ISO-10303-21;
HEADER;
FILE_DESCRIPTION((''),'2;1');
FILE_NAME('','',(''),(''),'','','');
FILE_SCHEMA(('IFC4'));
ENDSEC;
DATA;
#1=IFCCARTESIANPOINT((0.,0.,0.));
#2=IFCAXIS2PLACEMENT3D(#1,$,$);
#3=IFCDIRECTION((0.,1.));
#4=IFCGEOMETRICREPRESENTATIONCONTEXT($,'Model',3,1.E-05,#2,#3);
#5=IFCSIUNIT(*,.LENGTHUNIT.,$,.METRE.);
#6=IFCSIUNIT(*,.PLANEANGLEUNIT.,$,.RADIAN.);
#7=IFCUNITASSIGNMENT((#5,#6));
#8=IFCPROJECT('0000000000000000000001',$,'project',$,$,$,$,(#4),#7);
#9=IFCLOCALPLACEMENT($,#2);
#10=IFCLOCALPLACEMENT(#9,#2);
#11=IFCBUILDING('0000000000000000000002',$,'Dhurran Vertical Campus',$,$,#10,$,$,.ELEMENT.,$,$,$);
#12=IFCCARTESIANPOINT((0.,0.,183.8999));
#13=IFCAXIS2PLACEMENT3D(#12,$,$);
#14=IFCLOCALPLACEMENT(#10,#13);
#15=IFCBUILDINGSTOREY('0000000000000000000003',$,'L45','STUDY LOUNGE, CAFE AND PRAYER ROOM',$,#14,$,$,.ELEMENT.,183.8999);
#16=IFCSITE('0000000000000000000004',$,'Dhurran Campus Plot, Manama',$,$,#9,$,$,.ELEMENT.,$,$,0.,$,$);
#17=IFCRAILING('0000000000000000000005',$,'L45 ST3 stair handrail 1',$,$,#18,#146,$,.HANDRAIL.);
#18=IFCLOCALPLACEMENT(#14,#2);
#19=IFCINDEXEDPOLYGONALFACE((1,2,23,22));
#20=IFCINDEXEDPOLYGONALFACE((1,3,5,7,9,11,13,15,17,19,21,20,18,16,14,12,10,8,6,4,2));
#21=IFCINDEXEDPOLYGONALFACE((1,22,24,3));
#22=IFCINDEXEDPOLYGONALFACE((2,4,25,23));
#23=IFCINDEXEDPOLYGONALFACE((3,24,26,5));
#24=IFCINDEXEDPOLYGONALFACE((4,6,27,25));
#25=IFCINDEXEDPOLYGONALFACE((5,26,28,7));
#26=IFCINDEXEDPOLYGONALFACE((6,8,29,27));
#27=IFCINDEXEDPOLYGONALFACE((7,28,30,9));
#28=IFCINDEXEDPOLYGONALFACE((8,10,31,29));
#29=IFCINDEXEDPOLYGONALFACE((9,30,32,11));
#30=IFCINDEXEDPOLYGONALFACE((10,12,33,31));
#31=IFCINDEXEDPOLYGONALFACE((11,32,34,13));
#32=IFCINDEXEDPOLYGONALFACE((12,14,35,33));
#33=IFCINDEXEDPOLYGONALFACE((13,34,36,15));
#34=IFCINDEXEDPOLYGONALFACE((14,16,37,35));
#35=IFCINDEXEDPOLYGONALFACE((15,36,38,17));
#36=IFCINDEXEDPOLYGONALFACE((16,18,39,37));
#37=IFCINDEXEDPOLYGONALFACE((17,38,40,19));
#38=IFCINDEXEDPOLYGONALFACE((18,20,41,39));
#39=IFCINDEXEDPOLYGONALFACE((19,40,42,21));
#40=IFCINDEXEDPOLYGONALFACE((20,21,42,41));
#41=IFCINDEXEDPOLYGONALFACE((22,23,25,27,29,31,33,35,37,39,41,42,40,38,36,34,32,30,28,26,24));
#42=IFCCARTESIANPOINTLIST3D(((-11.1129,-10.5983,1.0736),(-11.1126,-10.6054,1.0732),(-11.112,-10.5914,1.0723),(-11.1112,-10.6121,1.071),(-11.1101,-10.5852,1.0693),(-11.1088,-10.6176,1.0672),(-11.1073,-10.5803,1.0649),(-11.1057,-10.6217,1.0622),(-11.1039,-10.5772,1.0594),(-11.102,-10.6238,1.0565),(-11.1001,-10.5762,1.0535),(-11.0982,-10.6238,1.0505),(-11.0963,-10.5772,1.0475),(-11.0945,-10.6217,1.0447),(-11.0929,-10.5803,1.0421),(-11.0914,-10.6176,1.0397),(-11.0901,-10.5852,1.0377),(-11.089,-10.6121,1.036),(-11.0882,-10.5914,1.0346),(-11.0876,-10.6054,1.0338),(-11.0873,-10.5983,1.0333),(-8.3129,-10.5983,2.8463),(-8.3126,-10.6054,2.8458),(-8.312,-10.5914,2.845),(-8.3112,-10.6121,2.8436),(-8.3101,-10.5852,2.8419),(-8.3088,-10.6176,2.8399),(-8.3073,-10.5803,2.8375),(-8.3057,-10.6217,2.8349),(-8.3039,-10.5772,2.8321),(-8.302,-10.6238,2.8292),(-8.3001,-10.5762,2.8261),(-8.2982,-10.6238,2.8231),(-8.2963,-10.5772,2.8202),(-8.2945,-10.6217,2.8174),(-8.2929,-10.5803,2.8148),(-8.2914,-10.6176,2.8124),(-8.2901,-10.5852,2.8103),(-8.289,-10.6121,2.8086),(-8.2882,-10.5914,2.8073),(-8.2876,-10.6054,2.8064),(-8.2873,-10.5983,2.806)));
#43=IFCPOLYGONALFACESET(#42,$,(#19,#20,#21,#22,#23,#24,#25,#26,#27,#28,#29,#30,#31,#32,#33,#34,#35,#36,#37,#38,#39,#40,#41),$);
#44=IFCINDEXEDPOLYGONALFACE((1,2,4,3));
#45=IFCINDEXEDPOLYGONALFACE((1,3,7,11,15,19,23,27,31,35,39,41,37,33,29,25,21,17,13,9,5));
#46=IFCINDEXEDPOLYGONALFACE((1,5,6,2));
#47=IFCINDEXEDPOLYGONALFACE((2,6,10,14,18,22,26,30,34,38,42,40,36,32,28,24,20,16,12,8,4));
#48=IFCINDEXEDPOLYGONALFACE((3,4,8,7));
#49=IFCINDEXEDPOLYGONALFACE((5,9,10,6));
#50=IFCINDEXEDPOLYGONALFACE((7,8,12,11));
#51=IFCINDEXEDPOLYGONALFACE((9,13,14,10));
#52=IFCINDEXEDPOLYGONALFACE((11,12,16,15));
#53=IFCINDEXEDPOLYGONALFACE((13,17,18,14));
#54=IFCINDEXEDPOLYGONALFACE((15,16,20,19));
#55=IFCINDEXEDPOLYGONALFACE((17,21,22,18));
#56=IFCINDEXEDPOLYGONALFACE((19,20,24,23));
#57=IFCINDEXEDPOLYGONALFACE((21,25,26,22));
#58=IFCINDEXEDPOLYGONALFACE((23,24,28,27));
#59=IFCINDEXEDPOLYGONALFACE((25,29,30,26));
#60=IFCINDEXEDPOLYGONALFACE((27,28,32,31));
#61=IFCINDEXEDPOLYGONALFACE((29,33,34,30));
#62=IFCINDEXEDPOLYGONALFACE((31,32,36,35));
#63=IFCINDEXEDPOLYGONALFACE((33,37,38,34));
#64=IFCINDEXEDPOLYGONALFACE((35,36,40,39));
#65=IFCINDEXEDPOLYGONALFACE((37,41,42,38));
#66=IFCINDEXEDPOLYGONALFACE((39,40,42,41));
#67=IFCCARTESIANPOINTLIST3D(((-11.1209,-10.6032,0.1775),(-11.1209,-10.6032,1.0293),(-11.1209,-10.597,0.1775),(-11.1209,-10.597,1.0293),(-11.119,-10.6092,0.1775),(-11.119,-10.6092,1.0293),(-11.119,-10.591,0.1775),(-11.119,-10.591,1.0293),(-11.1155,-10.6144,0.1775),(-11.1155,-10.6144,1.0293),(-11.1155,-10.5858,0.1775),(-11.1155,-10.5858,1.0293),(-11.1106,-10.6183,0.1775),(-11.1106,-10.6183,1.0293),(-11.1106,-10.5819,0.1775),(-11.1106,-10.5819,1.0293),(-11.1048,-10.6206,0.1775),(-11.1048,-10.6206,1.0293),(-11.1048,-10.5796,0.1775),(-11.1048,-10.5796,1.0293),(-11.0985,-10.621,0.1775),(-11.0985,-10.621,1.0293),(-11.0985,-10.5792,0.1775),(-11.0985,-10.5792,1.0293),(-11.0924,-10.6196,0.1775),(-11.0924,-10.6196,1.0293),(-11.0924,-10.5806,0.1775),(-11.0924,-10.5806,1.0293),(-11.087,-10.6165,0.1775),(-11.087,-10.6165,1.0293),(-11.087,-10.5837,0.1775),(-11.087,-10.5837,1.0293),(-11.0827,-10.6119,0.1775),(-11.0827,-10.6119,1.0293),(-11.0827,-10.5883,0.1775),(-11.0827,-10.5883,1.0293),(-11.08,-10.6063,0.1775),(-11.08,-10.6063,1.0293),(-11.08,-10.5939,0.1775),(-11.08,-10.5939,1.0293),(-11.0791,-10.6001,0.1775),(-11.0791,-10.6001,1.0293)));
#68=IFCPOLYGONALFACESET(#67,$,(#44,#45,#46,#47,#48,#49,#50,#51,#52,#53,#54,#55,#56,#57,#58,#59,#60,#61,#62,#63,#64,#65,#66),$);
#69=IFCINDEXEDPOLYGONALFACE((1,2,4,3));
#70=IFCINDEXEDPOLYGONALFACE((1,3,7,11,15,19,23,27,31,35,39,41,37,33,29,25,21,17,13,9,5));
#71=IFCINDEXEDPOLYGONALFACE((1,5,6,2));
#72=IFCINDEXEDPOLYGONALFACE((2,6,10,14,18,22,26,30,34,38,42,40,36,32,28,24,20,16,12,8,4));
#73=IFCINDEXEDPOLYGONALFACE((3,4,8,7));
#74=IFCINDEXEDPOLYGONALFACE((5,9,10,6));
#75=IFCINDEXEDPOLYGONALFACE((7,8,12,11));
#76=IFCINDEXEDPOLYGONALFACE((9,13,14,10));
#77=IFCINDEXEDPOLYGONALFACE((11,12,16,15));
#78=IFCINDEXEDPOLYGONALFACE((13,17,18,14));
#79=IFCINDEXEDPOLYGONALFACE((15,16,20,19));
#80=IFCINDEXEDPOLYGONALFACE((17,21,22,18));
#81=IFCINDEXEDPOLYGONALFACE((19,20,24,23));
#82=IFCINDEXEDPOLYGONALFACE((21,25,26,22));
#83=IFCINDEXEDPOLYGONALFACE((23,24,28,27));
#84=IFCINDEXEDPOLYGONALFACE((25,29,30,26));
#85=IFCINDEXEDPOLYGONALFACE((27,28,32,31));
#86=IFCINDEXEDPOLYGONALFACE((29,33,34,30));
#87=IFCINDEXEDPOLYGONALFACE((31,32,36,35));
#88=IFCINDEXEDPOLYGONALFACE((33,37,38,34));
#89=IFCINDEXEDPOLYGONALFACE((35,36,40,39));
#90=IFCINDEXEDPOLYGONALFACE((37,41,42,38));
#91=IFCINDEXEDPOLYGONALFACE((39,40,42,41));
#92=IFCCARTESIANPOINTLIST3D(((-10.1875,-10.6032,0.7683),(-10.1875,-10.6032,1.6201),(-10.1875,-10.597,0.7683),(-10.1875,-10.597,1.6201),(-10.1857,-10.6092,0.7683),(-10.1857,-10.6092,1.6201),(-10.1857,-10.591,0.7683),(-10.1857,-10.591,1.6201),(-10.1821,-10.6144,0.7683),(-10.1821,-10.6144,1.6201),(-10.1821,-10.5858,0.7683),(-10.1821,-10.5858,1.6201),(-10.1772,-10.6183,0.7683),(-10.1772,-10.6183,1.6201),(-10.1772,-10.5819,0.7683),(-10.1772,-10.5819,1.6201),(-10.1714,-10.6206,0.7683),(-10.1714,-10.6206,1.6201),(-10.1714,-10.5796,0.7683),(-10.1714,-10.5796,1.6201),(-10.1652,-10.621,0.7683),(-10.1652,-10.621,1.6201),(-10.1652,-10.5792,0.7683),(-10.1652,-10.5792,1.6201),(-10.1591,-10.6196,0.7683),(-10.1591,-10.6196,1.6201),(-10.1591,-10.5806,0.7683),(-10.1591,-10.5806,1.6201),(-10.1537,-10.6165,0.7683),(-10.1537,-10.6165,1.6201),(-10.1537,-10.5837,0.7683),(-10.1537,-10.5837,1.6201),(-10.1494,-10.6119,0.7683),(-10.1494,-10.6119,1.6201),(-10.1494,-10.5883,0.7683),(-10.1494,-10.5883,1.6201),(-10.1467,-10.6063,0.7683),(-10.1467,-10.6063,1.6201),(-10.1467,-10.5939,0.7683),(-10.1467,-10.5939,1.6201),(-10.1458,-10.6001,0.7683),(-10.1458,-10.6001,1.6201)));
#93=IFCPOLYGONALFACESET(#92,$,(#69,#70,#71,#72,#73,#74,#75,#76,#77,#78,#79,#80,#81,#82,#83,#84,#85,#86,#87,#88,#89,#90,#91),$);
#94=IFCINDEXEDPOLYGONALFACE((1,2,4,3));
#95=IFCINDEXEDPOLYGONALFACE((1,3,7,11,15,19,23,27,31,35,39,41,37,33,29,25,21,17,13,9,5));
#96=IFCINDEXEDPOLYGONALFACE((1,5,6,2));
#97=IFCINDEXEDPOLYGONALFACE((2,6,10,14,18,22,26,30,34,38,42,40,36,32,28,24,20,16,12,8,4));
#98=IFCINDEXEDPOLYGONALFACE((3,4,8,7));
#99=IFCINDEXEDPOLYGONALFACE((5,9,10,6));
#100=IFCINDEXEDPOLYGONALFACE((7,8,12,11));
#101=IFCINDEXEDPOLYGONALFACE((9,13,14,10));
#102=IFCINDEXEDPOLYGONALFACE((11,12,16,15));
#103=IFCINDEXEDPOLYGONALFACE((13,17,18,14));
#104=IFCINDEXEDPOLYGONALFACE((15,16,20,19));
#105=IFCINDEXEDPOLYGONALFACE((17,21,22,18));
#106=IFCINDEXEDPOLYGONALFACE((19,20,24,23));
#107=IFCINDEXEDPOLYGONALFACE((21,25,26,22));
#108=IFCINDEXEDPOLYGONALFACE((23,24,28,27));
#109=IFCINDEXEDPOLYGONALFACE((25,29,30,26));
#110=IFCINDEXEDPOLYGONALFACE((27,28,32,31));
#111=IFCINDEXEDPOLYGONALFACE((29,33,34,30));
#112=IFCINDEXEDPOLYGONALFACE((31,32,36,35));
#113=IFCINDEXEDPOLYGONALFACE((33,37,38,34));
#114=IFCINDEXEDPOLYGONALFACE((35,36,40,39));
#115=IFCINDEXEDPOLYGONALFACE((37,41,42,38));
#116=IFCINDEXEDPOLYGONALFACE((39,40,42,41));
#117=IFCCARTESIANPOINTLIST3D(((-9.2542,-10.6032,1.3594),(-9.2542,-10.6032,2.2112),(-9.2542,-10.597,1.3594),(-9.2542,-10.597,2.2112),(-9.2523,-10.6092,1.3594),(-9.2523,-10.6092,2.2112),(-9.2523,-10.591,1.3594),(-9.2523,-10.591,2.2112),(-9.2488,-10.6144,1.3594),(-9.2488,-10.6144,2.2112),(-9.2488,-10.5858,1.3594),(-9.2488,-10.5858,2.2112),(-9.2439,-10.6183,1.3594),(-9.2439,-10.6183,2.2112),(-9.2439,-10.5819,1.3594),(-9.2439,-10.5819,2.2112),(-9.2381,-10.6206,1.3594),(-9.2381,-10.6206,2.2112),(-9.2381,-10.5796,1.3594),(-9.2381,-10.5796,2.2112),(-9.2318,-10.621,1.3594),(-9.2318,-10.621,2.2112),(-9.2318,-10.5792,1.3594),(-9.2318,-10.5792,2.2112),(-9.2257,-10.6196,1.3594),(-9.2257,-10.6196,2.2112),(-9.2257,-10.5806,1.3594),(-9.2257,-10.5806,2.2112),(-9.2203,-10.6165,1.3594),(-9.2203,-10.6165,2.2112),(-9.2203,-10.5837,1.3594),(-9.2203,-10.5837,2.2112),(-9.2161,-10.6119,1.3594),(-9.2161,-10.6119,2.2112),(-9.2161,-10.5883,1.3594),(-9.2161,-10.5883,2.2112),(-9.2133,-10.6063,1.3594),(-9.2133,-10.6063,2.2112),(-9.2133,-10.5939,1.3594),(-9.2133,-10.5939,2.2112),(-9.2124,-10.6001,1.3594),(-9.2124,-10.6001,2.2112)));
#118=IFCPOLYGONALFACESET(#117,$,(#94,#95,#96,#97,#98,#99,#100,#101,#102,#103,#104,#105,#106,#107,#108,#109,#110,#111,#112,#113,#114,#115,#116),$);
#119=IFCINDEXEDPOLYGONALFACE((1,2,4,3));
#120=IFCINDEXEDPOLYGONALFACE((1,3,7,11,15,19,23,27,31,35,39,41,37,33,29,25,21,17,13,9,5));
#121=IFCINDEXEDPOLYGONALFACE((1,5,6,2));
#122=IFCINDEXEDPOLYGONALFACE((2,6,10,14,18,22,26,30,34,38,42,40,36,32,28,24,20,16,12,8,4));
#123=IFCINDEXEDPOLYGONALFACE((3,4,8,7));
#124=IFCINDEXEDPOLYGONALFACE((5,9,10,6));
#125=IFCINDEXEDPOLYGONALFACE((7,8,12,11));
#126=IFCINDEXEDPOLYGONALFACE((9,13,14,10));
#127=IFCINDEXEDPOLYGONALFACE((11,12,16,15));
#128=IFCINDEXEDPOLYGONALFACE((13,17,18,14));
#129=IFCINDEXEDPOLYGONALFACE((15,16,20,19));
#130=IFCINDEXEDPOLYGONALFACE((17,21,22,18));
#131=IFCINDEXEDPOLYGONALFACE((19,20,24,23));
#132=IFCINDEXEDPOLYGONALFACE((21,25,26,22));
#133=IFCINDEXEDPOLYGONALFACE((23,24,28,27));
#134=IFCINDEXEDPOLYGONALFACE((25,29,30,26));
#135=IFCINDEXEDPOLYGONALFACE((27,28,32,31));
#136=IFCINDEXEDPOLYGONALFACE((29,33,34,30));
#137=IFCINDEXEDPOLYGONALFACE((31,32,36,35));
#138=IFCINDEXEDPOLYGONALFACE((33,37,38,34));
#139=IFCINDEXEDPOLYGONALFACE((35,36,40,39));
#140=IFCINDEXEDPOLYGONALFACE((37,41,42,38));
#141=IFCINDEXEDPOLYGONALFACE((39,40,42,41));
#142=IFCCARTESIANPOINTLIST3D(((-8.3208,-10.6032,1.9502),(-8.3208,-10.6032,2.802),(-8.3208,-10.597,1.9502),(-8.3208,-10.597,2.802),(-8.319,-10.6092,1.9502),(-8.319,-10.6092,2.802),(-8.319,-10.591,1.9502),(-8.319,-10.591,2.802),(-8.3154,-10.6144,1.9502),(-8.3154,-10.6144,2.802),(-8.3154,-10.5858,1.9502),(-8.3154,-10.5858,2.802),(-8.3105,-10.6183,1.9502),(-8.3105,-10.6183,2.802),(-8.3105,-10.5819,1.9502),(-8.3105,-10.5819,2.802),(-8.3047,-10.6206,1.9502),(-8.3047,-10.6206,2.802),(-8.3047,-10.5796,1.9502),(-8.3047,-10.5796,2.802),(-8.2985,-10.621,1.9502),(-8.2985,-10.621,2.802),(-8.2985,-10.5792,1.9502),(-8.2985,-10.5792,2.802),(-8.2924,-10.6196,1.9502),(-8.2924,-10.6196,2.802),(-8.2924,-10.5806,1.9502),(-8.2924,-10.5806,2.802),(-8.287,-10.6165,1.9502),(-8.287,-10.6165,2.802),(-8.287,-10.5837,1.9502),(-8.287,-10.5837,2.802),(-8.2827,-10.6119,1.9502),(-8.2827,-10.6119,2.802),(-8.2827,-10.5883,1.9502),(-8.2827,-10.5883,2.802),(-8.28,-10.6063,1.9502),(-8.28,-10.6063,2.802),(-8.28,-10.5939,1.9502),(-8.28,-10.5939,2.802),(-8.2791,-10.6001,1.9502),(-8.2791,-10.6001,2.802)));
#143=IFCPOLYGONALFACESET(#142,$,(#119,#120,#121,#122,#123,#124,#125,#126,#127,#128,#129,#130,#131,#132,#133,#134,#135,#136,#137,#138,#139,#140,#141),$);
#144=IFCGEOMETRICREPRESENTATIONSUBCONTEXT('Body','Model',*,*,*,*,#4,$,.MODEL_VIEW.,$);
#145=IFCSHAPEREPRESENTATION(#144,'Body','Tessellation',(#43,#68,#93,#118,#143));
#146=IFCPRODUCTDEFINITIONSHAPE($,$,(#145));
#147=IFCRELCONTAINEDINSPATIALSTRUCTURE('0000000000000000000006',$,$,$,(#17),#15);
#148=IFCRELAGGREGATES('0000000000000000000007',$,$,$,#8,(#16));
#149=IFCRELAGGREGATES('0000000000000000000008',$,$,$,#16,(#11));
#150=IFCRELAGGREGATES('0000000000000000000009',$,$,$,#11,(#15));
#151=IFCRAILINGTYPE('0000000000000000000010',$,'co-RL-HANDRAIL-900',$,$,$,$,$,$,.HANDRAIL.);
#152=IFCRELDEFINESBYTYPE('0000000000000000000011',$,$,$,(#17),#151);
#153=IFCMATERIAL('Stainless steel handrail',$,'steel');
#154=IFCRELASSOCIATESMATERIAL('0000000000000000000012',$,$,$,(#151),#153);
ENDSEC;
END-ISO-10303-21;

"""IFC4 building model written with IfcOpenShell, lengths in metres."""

from ifc_helpers import new_model, si_unit, direction, frame, origin, origin_2d, place, context, subcontext, project, spatial, circle, extrude, material, type_object, element, save


model = new_model("IFC4")

# Units and contexts
model_context = context("Model", 3, precision=1e-05, world=origin(), true_north=direction((0.0, 1.0)))
body_context = subcontext(model_context, "Body", "Model", "MODEL_VIEW")
ifc_project = project(units=[si_unit("LENGTHUNIT", "METRE"), si_unit("PLANEANGLEUNIT", "RADIAN")], contexts=[model_context])

# Site, building, storey
site_placement = place(None, origin())
site = spatial("IfcSite", under=ifc_project, at=site_placement, Name="Dhurran Campus Plot, Manama", CompositionType="ELEMENT", RefElevation=0.0)
building_placement = place(site_placement, origin())
building = spatial("IfcBuilding", under=site, at=building_placement, Name="Dhurran Vertical Campus", CompositionType="ELEMENT")
storey_placement = place(building_placement, frame((0.0, 0.0, 183.8999)))
storey = spatial("IfcBuildingStorey", under=building, at=storey_placement, Name="L45", Description="STUDY LOUNGE, CAFE AND PRAYER ROOM", CompositionType="ELEMENT", Elevation=183.8999)

# Railing
ifc_material_1 = material(Name="Stainless steel handrail", Category="steel")
railing_type = type_object("IfcRailingType", Name="co-RL-HANDRAIL-900", PredefinedType="HANDRAIL", material=ifc_material_1)
railing_placement = place(storey_placement, frame((-11.1001, -10.6001, 0.1775)))
element("IfcRailing", 1, at=railing_placement, inside=storey, type_object=railing_type, Name="L45 ST3 stair handrail 1", PredefinedType="HANDRAIL", context=body_context, shape_type="SweptSolid", body=[
    extrude(circle(Radius=0.0239, at=origin_2d()), frame((0.0, 0.0, 0.876), z_axis=(0.844909, 0.0, 0.53491), x_axis=(0.0, 1.0, 0.0)), (0.0, 0.0, 1.0), 3.314),
    extrude(circle(Radius=0.021, at=origin_2d()), origin(), (0.0, 0.0, 1.0), 0.8518),
    extrude(circle(Radius=0.021, at=origin_2d()), frame((0.9333, 0.0, 0.5908)), (0.0, 0.0, 1.0), 0.8518),
    extrude(circle(Radius=0.021, at=origin_2d()), frame((1.8667, 0.0, 1.1819)), (0.0, 0.0, 1.0), 0.8518),
    extrude(circle(Radius=0.021, at=origin_2d()), frame((2.8, 0.0, 1.7727)), (0.0, 0.0, 1.0), 0.8518),
])

save(model, "model.ifc")
